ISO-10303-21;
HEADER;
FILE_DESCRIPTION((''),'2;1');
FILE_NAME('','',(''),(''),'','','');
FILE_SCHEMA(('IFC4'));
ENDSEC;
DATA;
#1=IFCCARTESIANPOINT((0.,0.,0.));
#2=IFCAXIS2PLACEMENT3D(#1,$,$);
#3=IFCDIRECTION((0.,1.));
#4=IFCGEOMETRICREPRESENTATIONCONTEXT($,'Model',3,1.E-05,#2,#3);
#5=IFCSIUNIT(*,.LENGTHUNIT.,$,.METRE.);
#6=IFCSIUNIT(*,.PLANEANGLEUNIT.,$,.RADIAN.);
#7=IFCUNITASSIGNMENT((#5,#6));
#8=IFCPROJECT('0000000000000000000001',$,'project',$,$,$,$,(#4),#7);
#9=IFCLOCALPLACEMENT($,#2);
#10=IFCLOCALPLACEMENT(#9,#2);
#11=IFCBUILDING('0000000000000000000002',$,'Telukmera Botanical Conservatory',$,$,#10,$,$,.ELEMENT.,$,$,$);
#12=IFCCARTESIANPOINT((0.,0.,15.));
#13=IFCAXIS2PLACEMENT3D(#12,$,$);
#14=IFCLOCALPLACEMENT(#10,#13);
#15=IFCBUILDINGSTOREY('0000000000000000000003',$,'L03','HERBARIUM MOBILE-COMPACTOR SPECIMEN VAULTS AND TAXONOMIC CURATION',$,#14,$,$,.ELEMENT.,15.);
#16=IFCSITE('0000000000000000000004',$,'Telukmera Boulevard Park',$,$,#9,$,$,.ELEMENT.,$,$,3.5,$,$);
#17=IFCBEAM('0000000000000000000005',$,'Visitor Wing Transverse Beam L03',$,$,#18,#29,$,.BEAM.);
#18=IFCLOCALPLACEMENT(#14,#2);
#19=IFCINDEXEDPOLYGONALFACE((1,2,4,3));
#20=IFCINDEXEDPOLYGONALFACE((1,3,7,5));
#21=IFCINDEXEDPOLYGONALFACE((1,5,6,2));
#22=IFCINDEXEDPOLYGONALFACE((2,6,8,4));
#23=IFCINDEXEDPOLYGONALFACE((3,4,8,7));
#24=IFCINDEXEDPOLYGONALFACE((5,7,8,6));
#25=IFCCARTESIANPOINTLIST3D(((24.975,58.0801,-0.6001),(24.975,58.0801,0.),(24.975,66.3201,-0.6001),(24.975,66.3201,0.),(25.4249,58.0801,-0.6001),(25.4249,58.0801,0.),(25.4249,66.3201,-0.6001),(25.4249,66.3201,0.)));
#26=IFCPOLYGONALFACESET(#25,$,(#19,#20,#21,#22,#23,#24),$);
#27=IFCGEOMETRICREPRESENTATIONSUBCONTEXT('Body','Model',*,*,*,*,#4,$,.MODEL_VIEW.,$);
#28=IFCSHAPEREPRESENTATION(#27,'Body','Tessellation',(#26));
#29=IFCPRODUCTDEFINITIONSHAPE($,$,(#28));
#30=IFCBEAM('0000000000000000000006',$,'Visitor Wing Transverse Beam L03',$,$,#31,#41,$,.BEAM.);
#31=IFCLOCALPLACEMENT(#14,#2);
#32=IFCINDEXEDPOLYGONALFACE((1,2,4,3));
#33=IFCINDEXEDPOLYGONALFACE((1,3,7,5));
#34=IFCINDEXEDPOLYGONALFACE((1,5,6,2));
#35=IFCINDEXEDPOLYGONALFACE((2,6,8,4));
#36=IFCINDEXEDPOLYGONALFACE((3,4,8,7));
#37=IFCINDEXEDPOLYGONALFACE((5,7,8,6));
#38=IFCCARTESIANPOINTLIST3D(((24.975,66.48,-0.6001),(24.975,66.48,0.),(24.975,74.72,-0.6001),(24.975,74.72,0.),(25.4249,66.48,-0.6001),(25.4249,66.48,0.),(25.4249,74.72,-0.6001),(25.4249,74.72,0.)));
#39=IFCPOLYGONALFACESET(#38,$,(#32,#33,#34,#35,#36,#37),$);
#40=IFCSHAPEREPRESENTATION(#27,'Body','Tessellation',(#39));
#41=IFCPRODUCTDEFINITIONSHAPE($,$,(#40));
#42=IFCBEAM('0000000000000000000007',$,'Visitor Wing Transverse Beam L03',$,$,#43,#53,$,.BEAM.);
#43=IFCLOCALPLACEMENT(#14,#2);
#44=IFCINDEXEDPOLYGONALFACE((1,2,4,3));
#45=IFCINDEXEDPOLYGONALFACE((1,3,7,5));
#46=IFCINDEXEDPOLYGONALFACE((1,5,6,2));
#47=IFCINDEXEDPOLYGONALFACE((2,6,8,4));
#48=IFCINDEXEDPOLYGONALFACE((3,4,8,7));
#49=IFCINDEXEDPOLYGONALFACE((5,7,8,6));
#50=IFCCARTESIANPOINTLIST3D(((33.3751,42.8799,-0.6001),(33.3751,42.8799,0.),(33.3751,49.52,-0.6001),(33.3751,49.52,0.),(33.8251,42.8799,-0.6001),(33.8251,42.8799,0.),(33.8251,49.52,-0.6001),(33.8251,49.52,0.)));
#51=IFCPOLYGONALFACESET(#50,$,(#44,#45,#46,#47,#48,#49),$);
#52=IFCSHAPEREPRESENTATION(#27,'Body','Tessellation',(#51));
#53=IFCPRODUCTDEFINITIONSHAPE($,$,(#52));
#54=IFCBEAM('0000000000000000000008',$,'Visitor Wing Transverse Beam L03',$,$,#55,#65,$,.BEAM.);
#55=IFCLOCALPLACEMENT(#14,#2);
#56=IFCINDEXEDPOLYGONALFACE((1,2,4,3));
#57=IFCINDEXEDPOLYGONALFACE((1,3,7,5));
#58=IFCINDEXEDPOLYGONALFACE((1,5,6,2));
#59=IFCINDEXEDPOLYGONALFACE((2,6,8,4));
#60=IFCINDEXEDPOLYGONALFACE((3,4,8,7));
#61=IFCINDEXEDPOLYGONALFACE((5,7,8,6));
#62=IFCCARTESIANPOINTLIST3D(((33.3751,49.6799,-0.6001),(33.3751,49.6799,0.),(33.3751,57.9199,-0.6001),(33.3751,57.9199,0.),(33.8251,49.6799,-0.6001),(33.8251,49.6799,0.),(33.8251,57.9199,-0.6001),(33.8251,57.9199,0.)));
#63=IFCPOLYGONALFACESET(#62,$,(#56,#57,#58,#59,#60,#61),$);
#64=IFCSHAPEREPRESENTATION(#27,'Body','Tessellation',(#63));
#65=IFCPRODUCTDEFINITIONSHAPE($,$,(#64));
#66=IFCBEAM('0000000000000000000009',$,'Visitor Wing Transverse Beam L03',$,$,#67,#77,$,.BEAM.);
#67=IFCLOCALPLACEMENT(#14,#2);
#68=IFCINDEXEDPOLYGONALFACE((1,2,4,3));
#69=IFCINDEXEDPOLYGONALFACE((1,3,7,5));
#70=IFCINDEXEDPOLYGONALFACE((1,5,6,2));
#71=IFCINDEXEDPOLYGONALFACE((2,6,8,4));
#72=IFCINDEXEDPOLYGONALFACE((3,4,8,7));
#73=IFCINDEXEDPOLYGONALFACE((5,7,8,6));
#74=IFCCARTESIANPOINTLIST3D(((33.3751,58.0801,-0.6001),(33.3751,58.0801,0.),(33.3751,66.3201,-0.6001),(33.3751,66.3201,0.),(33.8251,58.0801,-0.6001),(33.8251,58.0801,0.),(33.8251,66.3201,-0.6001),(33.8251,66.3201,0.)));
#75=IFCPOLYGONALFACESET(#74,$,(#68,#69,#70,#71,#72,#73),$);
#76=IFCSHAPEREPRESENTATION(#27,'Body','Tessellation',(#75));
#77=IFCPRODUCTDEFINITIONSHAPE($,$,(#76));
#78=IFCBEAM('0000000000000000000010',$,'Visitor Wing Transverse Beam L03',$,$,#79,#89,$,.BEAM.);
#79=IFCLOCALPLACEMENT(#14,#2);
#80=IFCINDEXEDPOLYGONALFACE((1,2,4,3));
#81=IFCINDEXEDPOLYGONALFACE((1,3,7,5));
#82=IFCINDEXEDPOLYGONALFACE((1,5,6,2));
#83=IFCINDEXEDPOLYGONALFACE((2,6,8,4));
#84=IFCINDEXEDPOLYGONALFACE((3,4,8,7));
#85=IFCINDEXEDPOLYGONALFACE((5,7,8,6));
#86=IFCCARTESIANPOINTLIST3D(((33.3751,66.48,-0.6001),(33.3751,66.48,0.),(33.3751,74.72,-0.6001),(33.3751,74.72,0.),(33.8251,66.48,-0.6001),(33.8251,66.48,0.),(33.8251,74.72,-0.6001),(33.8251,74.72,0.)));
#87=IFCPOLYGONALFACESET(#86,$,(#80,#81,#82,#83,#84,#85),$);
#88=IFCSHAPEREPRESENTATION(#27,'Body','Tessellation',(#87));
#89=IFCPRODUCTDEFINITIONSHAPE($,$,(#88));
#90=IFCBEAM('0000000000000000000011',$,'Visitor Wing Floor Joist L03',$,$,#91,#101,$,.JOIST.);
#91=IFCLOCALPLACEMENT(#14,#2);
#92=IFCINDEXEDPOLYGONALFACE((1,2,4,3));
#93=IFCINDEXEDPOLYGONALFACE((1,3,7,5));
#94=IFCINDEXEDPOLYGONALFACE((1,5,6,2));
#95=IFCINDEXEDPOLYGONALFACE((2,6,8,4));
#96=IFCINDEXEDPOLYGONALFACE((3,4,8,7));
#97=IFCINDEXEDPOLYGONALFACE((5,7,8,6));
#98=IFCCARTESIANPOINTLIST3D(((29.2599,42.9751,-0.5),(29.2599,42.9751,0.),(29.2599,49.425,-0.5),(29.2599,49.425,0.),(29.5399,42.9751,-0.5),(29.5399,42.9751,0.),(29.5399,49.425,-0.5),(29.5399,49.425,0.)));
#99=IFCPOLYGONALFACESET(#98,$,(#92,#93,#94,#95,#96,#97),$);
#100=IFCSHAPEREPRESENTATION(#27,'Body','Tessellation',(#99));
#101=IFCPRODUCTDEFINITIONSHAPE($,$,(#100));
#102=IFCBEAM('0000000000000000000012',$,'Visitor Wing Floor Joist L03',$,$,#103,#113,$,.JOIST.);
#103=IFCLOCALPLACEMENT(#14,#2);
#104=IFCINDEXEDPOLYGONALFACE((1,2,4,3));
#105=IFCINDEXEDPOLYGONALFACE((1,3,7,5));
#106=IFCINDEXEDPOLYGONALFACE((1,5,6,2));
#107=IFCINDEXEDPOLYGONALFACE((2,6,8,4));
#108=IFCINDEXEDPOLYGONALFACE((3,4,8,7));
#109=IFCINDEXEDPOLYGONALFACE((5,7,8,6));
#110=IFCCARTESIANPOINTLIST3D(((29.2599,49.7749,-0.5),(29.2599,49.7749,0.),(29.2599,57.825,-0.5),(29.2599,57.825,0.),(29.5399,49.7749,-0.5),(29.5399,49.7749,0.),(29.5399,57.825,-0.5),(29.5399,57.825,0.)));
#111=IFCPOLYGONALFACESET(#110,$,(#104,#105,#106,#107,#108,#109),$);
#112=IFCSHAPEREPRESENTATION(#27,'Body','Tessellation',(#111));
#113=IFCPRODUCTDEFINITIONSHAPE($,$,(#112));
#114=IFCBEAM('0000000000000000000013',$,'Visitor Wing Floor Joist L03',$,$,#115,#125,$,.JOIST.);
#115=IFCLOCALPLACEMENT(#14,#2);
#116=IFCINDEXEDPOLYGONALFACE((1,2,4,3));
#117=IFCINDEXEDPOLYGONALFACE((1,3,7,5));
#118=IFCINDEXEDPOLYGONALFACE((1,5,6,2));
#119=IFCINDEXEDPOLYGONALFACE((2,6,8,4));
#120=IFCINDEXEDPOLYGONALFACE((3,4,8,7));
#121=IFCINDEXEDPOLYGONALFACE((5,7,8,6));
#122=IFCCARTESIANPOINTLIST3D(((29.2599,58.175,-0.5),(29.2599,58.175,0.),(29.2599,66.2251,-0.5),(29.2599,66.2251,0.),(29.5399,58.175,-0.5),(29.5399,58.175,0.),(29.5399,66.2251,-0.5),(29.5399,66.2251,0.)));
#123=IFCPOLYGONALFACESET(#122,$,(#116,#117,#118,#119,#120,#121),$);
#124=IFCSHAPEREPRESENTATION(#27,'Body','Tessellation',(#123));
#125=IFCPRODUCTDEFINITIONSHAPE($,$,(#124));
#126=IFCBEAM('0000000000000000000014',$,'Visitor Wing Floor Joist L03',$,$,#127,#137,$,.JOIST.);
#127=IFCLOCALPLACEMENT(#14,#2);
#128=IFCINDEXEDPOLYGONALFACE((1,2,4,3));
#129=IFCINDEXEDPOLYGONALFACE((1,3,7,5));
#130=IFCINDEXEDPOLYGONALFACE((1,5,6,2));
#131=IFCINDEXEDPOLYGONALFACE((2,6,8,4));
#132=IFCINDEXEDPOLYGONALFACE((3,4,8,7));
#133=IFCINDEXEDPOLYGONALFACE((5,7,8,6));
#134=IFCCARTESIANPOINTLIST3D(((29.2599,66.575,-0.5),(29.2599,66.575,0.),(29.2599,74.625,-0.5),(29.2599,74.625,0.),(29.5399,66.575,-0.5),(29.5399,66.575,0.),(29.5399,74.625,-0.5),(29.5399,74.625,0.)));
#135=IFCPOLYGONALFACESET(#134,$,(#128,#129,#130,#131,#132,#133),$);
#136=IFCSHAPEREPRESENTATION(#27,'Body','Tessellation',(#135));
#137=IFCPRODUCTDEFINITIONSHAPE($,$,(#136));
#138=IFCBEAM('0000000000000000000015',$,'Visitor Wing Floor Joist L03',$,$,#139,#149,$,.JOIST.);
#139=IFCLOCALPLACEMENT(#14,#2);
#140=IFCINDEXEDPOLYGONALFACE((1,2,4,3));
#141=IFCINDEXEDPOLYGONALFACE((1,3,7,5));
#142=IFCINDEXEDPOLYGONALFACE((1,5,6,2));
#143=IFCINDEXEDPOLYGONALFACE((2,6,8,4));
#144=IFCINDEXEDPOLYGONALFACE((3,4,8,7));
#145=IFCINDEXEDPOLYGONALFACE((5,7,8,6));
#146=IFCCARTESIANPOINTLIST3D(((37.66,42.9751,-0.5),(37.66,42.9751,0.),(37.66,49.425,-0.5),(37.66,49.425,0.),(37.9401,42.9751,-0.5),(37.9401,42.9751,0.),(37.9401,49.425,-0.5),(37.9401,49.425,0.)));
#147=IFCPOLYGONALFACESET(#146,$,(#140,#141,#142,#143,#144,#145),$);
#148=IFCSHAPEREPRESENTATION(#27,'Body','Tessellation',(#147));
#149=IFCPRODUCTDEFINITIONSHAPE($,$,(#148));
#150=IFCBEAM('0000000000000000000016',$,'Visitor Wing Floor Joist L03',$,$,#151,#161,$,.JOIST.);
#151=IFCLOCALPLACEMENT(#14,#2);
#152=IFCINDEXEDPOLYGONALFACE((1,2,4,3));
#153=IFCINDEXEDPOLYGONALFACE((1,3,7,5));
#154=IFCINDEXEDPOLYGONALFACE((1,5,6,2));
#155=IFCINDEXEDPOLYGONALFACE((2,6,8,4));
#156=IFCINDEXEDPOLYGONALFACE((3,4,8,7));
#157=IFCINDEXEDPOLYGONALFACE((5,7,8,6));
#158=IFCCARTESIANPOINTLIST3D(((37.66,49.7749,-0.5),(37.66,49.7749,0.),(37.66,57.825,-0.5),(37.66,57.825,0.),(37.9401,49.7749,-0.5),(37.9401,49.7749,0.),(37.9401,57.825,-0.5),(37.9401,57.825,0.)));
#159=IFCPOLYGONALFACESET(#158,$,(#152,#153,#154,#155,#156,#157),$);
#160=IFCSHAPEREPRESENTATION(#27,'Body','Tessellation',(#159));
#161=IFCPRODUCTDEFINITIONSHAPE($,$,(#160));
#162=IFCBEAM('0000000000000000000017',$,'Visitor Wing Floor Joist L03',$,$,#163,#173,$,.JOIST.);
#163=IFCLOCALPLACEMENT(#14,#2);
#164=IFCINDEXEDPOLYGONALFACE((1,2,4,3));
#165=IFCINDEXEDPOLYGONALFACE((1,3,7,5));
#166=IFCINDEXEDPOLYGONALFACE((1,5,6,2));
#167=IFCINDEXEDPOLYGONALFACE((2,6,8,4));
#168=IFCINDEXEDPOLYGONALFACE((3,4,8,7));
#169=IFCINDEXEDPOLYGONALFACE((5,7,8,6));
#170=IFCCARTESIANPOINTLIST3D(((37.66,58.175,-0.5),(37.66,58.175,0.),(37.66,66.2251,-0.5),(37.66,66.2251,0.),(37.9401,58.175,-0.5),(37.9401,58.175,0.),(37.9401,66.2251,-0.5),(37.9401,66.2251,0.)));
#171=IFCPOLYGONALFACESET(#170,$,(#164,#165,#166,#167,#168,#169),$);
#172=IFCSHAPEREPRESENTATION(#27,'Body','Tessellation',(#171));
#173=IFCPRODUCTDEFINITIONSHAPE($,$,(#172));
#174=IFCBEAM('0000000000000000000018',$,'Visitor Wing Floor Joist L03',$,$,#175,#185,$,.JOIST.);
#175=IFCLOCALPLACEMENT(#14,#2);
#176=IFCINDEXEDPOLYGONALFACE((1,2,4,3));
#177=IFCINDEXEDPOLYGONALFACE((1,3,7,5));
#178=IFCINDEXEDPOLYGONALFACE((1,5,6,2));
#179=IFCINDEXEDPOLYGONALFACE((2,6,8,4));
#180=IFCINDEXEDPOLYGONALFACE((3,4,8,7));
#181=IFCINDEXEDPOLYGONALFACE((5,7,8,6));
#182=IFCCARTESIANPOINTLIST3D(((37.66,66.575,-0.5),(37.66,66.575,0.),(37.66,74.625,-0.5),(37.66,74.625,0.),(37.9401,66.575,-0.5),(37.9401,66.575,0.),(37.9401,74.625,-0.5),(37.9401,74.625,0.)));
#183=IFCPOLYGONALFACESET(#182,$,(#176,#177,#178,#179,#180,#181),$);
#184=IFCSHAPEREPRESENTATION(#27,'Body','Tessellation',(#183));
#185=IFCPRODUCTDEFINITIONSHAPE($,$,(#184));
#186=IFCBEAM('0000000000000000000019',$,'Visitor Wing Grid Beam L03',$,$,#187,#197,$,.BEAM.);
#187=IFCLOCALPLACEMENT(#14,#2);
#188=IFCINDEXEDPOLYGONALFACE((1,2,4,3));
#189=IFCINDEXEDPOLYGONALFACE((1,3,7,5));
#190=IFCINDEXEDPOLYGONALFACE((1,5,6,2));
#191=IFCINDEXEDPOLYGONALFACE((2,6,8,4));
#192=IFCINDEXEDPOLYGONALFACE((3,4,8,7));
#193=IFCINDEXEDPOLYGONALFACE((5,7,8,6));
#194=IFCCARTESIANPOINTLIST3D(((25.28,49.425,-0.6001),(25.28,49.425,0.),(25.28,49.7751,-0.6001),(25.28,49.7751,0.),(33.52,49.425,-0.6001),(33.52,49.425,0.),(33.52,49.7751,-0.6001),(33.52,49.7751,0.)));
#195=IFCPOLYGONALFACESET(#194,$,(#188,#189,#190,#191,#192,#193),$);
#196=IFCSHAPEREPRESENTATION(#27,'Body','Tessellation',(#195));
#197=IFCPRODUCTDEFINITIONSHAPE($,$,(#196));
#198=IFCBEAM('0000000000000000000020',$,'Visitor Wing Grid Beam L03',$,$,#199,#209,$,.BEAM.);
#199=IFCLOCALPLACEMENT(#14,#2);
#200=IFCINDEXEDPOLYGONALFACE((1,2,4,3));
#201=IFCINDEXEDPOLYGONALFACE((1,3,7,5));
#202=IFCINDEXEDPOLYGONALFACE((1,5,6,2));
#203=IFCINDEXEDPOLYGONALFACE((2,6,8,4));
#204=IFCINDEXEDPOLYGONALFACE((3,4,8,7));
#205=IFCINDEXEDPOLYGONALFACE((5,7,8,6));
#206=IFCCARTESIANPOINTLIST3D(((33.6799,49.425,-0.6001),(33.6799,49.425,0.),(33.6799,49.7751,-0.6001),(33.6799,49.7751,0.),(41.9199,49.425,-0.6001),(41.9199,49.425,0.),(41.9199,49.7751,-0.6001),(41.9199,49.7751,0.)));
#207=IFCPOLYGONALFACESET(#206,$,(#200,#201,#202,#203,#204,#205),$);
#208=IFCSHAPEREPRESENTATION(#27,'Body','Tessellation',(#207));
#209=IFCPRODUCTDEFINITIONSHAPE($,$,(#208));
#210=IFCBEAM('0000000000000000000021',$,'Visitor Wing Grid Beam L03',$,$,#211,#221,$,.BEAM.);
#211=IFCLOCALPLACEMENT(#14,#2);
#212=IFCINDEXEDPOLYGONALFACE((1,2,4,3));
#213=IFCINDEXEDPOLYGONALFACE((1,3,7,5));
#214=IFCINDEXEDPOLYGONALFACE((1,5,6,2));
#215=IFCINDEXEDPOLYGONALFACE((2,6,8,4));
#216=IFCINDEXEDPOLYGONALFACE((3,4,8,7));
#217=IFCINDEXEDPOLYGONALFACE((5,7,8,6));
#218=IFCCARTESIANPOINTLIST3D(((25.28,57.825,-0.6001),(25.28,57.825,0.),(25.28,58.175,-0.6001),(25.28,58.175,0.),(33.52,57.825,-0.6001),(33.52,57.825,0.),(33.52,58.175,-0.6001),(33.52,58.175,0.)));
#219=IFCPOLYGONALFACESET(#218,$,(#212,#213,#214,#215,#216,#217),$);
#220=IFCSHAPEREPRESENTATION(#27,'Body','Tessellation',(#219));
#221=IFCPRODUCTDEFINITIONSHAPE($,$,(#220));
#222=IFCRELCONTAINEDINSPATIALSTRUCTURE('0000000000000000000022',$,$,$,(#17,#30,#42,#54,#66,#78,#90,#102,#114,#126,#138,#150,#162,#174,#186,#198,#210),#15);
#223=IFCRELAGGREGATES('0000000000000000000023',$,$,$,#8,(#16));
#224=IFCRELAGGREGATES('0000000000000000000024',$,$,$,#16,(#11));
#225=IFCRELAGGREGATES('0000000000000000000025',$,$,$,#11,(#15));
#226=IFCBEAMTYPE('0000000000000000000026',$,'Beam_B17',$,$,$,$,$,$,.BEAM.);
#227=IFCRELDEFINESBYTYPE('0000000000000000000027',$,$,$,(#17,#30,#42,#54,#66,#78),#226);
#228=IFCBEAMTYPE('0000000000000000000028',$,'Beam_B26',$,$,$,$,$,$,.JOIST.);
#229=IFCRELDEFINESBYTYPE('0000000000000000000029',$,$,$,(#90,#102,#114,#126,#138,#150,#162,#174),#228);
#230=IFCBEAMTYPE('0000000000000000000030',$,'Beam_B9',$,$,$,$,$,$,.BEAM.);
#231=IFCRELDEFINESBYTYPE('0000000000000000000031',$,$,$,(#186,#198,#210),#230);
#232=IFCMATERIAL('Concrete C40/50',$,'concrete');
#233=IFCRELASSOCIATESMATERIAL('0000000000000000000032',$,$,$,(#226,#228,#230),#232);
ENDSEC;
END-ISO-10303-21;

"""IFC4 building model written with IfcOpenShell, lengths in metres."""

from ifc_helpers import new_model, si_unit, direction, frame, origin, origin_2d, place, context, subcontext, project, spatial, rectangle, extrude, material, material_profile, profile_set, type_object, element, save


model = new_model("IFC4")

# Units and contexts
model_context = context("Model", 3, precision=1e-05, world=origin(), true_north=direction((0.0, 1.0)))
body_context = subcontext(model_context, "Body", "Model", "MODEL_VIEW")
ifc_project = project(units=[si_unit("LENGTHUNIT", "METRE"), si_unit("PLANEANGLEUNIT", "RADIAN")], contexts=[model_context])

# Site, building, storey
site_placement = place(None, origin())
site = spatial("IfcSite", under=ifc_project, at=site_placement, Name="Telukmera Boulevard Park", CompositionType="ELEMENT", RefElevation=3.5)
building_placement = place(site_placement, origin())
building = spatial("IfcBuilding", under=site, at=building_placement, Name="Telukmera Botanical Conservatory", CompositionType="ELEMENT")
storey_placement = place(building_placement, frame((0.0, 0.0, 15.0)))
storey = spatial("IfcBuildingStorey", under=building, at=storey_placement, Name="L03", Description="HERBARIUM MOBILE-COMPACTOR SPECIMEN VAULTS AND TAXONOMIC CURATION", CompositionType="ELEMENT", Elevation=15.0)

# Beams
ifc_material_1 = material(Name="Concrete C40/50", Category="concrete")
ifc_material_profile_1 = material_profile(ifc_material_1, rectangle(XDim=0.45, YDim=0.6001, at=origin_2d()), Name="RC 450x600")
ifc_profile_set_1 = profile_set([ifc_material_profile_1], Name="Concrete C40/50")
beam_type_1 = type_object("IfcBeamType", Name="Beam_B17", PredefinedType="BEAM", material=ifc_profile_set_1)
for number, where, z_axis, x_axis, name in (
    (1, (25.2, 58.0801, -0.3), (0.0, 1.0, 0.0), (-1.0, 0.0, 0.0), "Visitor Wing Transverse Beam L03"),
    (2, (25.2, 66.48, -0.3), (0.0, 1.0, 0.0), (-1.0, 0.0, 0.0), "Visitor Wing Transverse Beam L03"),
):
    element("IfcBeam", number, at=place(storey_placement, frame(where, z_axis=z_axis, x_axis=x_axis)), inside=storey, type_object=beam_type_1, Name=name, PredefinedType="BEAM", context=body_context, shape_type="SweptSolid", body=[
        extrude(rectangle(XDim=0.45, YDim=0.6001, at=origin_2d()), origin(), (0.0, 0.0, 1.0), 8.24),
    ])
beam_1_placement = place(storey_placement, frame((33.6001, 42.8799, -0.3), z_axis=(0.0, 1.0, 0.0), x_axis=(-1.0, 0.0, 0.0)))
element("IfcBeam", 3, at=beam_1_placement, inside=storey, type_object=beam_type_1, Name="Visitor Wing Transverse Beam L03", PredefinedType="BEAM", context=body_context, shape_type="SweptSolid", body=[
    extrude(rectangle(XDim=0.45, YDim=0.6001, at=origin_2d()), origin(), (0.0, 0.0, 1.0), 6.6401),
])
for number, where, z_axis, x_axis, name in (
    (4, (33.6001, 49.6799, -0.3), (0.0, 1.0, 0.0), (-1.0, 0.0, 0.0), "Visitor Wing Transverse Beam L03"),
    (5, (33.6001, 58.0801, -0.3), (0.0, 1.0, 0.0), (-1.0, 0.0, 0.0), "Visitor Wing Transverse Beam L03"),
    (6, (33.6001, 66.48, -0.3), (0.0, 1.0, 0.0), (-1.0, 0.0, 0.0), "Visitor Wing Transverse Beam L03"),
):
    element("IfcBeam", number, at=place(storey_placement, frame(where, z_axis=z_axis, x_axis=x_axis)), inside=storey, type_object=beam_type_1, Name=name, PredefinedType="BEAM", context=body_context, shape_type="SweptSolid", body=[
        extrude(rectangle(XDim=0.45, YDim=0.6001, at=origin_2d()), origin(), (0.0, 0.0, 1.0), 8.24),
    ])
ifc_material_profile_2 = material_profile(ifc_material_1, rectangle(XDim=0.28, YDim=0.5, at=origin_2d()), Name="RC 280x500")
ifc_profile_set_2 = profile_set([ifc_material_profile_2], Name="Concrete C40/50")
beam_type_2 = type_object("IfcBeamType", Name="Beam_B26", PredefinedType="JOIST", material=ifc_profile_set_2)
beam_2_placement = place(storey_placement, frame((29.3999, 42.9751, -0.25), z_axis=(0.0, 1.0, 0.0), x_axis=(-1.0, 0.0, 0.0)))
element("IfcBeam", 7, at=beam_2_placement, inside=storey, type_object=beam_type_2, Name="Visitor Wing Floor Joist L03", PredefinedType="JOIST", context=body_context, shape_type="SweptSolid", body=[
    extrude(rectangle(XDim=0.28, YDim=0.5, at=origin_2d()), origin(), (0.0, 0.0, 1.0), 6.45),
])
for number, where, z_axis, x_axis, name in (
    (8, (29.3999, 49.7749, -0.25), (0.0, 1.0, 0.0), (-1.0, 0.0, 0.0), "Visitor Wing Floor Joist L03"),
    (9, (29.3999, 58.175, -0.25), (0.0, 1.0, 0.0), (-1.0, 0.0, 0.0), "Visitor Wing Floor Joist L03"),
    (10, (29.3999, 66.575, -0.25), (0.0, 1.0, 0.0), (-1.0, 0.0, 0.0), "Visitor Wing Floor Joist L03"),
):
    element("IfcBeam", number, at=place(storey_placement, frame(where, z_axis=z_axis, x_axis=x_axis)), inside=storey, type_object=beam_type_2, Name=name, PredefinedType="JOIST", context=body_context, shape_type="SweptSolid", body=[
        extrude(rectangle(XDim=0.28, YDim=0.5, at=origin_2d()), origin(), (0.0, 0.0, 1.0), 8.05),
    ])
beam_3_placement = place(storey_placement, frame((37.8, 42.9751, -0.25), z_axis=(0.0, 1.0, 0.0), x_axis=(-1.0, 0.0, 0.0)))
element("IfcBeam", 11, at=beam_3_placement, inside=storey, type_object=beam_type_2, Name="Visitor Wing Floor Joist L03", PredefinedType="JOIST", context=body_context, shape_type="SweptSolid", body=[
    extrude(rectangle(XDim=0.28, YDim=0.5, at=origin_2d()), origin(), (0.0, 0.0, 1.0), 6.45),
])
for number, where, z_axis, x_axis, name in (
    (12, (37.8, 49.7749, -0.25), (0.0, 1.0, 0.0), (-1.0, 0.0, 0.0), "Visitor Wing Floor Joist L03"),
    (13, (37.8, 58.175, -0.25), (0.0, 1.0, 0.0), (-1.0, 0.0, 0.0), "Visitor Wing Floor Joist L03"),
    (14, (37.8, 66.575, -0.25), (0.0, 1.0, 0.0), (-1.0, 0.0, 0.0), "Visitor Wing Floor Joist L03"),
):
    element("IfcBeam", number, at=place(storey_placement, frame(where, z_axis=z_axis, x_axis=x_axis)), inside=storey, type_object=beam_type_2, Name=name, PredefinedType="JOIST", context=body_context, shape_type="SweptSolid", body=[
        extrude(rectangle(XDim=0.28, YDim=0.5, at=origin_2d()), origin(), (0.0, 0.0, 1.0), 8.05),
    ])
ifc_material_profile_3 = material_profile(ifc_material_1, rectangle(XDim=0.3501, YDim=0.6001, at=origin_2d()), Name="RC 350x600")
ifc_profile_set_3 = profile_set([ifc_material_profile_3], Name="Concrete C40/50")
beam_type_3 = type_object("IfcBeamType", Name="Beam_B9", PredefinedType="BEAM", material=ifc_profile_set_3)
for number, where, z_axis, x_axis, name in (
    (15, (25.28, 49.6001, -0.3), (1.0, 0.0, 0.0), (0.0, 1.0, 0.0), "Visitor Wing Grid Beam L03"),
    (16, (33.6799, 49.6001, -0.3), (1.0, 0.0, 0.0), (0.0, 1.0, 0.0), "Visitor Wing Grid Beam L03"),
    (17, (25.28, 58.0, -0.3), (1.0, 0.0, 0.0), (0.0, 1.0, 0.0), "Visitor Wing Grid Beam L03"),
):
    element("IfcBeam", number, at=place(storey_placement, frame(where, z_axis=z_axis, x_axis=x_axis)), inside=storey, type_object=beam_type_3, Name=name, PredefinedType="BEAM", context=body_context, shape_type="SweptSolid", body=[
        extrude(rectangle(XDim=0.3501, YDim=0.6001, at=origin_2d()), origin(), (0.0, 0.0, 1.0), 8.24),
    ])

save(model, "model.ifc")
